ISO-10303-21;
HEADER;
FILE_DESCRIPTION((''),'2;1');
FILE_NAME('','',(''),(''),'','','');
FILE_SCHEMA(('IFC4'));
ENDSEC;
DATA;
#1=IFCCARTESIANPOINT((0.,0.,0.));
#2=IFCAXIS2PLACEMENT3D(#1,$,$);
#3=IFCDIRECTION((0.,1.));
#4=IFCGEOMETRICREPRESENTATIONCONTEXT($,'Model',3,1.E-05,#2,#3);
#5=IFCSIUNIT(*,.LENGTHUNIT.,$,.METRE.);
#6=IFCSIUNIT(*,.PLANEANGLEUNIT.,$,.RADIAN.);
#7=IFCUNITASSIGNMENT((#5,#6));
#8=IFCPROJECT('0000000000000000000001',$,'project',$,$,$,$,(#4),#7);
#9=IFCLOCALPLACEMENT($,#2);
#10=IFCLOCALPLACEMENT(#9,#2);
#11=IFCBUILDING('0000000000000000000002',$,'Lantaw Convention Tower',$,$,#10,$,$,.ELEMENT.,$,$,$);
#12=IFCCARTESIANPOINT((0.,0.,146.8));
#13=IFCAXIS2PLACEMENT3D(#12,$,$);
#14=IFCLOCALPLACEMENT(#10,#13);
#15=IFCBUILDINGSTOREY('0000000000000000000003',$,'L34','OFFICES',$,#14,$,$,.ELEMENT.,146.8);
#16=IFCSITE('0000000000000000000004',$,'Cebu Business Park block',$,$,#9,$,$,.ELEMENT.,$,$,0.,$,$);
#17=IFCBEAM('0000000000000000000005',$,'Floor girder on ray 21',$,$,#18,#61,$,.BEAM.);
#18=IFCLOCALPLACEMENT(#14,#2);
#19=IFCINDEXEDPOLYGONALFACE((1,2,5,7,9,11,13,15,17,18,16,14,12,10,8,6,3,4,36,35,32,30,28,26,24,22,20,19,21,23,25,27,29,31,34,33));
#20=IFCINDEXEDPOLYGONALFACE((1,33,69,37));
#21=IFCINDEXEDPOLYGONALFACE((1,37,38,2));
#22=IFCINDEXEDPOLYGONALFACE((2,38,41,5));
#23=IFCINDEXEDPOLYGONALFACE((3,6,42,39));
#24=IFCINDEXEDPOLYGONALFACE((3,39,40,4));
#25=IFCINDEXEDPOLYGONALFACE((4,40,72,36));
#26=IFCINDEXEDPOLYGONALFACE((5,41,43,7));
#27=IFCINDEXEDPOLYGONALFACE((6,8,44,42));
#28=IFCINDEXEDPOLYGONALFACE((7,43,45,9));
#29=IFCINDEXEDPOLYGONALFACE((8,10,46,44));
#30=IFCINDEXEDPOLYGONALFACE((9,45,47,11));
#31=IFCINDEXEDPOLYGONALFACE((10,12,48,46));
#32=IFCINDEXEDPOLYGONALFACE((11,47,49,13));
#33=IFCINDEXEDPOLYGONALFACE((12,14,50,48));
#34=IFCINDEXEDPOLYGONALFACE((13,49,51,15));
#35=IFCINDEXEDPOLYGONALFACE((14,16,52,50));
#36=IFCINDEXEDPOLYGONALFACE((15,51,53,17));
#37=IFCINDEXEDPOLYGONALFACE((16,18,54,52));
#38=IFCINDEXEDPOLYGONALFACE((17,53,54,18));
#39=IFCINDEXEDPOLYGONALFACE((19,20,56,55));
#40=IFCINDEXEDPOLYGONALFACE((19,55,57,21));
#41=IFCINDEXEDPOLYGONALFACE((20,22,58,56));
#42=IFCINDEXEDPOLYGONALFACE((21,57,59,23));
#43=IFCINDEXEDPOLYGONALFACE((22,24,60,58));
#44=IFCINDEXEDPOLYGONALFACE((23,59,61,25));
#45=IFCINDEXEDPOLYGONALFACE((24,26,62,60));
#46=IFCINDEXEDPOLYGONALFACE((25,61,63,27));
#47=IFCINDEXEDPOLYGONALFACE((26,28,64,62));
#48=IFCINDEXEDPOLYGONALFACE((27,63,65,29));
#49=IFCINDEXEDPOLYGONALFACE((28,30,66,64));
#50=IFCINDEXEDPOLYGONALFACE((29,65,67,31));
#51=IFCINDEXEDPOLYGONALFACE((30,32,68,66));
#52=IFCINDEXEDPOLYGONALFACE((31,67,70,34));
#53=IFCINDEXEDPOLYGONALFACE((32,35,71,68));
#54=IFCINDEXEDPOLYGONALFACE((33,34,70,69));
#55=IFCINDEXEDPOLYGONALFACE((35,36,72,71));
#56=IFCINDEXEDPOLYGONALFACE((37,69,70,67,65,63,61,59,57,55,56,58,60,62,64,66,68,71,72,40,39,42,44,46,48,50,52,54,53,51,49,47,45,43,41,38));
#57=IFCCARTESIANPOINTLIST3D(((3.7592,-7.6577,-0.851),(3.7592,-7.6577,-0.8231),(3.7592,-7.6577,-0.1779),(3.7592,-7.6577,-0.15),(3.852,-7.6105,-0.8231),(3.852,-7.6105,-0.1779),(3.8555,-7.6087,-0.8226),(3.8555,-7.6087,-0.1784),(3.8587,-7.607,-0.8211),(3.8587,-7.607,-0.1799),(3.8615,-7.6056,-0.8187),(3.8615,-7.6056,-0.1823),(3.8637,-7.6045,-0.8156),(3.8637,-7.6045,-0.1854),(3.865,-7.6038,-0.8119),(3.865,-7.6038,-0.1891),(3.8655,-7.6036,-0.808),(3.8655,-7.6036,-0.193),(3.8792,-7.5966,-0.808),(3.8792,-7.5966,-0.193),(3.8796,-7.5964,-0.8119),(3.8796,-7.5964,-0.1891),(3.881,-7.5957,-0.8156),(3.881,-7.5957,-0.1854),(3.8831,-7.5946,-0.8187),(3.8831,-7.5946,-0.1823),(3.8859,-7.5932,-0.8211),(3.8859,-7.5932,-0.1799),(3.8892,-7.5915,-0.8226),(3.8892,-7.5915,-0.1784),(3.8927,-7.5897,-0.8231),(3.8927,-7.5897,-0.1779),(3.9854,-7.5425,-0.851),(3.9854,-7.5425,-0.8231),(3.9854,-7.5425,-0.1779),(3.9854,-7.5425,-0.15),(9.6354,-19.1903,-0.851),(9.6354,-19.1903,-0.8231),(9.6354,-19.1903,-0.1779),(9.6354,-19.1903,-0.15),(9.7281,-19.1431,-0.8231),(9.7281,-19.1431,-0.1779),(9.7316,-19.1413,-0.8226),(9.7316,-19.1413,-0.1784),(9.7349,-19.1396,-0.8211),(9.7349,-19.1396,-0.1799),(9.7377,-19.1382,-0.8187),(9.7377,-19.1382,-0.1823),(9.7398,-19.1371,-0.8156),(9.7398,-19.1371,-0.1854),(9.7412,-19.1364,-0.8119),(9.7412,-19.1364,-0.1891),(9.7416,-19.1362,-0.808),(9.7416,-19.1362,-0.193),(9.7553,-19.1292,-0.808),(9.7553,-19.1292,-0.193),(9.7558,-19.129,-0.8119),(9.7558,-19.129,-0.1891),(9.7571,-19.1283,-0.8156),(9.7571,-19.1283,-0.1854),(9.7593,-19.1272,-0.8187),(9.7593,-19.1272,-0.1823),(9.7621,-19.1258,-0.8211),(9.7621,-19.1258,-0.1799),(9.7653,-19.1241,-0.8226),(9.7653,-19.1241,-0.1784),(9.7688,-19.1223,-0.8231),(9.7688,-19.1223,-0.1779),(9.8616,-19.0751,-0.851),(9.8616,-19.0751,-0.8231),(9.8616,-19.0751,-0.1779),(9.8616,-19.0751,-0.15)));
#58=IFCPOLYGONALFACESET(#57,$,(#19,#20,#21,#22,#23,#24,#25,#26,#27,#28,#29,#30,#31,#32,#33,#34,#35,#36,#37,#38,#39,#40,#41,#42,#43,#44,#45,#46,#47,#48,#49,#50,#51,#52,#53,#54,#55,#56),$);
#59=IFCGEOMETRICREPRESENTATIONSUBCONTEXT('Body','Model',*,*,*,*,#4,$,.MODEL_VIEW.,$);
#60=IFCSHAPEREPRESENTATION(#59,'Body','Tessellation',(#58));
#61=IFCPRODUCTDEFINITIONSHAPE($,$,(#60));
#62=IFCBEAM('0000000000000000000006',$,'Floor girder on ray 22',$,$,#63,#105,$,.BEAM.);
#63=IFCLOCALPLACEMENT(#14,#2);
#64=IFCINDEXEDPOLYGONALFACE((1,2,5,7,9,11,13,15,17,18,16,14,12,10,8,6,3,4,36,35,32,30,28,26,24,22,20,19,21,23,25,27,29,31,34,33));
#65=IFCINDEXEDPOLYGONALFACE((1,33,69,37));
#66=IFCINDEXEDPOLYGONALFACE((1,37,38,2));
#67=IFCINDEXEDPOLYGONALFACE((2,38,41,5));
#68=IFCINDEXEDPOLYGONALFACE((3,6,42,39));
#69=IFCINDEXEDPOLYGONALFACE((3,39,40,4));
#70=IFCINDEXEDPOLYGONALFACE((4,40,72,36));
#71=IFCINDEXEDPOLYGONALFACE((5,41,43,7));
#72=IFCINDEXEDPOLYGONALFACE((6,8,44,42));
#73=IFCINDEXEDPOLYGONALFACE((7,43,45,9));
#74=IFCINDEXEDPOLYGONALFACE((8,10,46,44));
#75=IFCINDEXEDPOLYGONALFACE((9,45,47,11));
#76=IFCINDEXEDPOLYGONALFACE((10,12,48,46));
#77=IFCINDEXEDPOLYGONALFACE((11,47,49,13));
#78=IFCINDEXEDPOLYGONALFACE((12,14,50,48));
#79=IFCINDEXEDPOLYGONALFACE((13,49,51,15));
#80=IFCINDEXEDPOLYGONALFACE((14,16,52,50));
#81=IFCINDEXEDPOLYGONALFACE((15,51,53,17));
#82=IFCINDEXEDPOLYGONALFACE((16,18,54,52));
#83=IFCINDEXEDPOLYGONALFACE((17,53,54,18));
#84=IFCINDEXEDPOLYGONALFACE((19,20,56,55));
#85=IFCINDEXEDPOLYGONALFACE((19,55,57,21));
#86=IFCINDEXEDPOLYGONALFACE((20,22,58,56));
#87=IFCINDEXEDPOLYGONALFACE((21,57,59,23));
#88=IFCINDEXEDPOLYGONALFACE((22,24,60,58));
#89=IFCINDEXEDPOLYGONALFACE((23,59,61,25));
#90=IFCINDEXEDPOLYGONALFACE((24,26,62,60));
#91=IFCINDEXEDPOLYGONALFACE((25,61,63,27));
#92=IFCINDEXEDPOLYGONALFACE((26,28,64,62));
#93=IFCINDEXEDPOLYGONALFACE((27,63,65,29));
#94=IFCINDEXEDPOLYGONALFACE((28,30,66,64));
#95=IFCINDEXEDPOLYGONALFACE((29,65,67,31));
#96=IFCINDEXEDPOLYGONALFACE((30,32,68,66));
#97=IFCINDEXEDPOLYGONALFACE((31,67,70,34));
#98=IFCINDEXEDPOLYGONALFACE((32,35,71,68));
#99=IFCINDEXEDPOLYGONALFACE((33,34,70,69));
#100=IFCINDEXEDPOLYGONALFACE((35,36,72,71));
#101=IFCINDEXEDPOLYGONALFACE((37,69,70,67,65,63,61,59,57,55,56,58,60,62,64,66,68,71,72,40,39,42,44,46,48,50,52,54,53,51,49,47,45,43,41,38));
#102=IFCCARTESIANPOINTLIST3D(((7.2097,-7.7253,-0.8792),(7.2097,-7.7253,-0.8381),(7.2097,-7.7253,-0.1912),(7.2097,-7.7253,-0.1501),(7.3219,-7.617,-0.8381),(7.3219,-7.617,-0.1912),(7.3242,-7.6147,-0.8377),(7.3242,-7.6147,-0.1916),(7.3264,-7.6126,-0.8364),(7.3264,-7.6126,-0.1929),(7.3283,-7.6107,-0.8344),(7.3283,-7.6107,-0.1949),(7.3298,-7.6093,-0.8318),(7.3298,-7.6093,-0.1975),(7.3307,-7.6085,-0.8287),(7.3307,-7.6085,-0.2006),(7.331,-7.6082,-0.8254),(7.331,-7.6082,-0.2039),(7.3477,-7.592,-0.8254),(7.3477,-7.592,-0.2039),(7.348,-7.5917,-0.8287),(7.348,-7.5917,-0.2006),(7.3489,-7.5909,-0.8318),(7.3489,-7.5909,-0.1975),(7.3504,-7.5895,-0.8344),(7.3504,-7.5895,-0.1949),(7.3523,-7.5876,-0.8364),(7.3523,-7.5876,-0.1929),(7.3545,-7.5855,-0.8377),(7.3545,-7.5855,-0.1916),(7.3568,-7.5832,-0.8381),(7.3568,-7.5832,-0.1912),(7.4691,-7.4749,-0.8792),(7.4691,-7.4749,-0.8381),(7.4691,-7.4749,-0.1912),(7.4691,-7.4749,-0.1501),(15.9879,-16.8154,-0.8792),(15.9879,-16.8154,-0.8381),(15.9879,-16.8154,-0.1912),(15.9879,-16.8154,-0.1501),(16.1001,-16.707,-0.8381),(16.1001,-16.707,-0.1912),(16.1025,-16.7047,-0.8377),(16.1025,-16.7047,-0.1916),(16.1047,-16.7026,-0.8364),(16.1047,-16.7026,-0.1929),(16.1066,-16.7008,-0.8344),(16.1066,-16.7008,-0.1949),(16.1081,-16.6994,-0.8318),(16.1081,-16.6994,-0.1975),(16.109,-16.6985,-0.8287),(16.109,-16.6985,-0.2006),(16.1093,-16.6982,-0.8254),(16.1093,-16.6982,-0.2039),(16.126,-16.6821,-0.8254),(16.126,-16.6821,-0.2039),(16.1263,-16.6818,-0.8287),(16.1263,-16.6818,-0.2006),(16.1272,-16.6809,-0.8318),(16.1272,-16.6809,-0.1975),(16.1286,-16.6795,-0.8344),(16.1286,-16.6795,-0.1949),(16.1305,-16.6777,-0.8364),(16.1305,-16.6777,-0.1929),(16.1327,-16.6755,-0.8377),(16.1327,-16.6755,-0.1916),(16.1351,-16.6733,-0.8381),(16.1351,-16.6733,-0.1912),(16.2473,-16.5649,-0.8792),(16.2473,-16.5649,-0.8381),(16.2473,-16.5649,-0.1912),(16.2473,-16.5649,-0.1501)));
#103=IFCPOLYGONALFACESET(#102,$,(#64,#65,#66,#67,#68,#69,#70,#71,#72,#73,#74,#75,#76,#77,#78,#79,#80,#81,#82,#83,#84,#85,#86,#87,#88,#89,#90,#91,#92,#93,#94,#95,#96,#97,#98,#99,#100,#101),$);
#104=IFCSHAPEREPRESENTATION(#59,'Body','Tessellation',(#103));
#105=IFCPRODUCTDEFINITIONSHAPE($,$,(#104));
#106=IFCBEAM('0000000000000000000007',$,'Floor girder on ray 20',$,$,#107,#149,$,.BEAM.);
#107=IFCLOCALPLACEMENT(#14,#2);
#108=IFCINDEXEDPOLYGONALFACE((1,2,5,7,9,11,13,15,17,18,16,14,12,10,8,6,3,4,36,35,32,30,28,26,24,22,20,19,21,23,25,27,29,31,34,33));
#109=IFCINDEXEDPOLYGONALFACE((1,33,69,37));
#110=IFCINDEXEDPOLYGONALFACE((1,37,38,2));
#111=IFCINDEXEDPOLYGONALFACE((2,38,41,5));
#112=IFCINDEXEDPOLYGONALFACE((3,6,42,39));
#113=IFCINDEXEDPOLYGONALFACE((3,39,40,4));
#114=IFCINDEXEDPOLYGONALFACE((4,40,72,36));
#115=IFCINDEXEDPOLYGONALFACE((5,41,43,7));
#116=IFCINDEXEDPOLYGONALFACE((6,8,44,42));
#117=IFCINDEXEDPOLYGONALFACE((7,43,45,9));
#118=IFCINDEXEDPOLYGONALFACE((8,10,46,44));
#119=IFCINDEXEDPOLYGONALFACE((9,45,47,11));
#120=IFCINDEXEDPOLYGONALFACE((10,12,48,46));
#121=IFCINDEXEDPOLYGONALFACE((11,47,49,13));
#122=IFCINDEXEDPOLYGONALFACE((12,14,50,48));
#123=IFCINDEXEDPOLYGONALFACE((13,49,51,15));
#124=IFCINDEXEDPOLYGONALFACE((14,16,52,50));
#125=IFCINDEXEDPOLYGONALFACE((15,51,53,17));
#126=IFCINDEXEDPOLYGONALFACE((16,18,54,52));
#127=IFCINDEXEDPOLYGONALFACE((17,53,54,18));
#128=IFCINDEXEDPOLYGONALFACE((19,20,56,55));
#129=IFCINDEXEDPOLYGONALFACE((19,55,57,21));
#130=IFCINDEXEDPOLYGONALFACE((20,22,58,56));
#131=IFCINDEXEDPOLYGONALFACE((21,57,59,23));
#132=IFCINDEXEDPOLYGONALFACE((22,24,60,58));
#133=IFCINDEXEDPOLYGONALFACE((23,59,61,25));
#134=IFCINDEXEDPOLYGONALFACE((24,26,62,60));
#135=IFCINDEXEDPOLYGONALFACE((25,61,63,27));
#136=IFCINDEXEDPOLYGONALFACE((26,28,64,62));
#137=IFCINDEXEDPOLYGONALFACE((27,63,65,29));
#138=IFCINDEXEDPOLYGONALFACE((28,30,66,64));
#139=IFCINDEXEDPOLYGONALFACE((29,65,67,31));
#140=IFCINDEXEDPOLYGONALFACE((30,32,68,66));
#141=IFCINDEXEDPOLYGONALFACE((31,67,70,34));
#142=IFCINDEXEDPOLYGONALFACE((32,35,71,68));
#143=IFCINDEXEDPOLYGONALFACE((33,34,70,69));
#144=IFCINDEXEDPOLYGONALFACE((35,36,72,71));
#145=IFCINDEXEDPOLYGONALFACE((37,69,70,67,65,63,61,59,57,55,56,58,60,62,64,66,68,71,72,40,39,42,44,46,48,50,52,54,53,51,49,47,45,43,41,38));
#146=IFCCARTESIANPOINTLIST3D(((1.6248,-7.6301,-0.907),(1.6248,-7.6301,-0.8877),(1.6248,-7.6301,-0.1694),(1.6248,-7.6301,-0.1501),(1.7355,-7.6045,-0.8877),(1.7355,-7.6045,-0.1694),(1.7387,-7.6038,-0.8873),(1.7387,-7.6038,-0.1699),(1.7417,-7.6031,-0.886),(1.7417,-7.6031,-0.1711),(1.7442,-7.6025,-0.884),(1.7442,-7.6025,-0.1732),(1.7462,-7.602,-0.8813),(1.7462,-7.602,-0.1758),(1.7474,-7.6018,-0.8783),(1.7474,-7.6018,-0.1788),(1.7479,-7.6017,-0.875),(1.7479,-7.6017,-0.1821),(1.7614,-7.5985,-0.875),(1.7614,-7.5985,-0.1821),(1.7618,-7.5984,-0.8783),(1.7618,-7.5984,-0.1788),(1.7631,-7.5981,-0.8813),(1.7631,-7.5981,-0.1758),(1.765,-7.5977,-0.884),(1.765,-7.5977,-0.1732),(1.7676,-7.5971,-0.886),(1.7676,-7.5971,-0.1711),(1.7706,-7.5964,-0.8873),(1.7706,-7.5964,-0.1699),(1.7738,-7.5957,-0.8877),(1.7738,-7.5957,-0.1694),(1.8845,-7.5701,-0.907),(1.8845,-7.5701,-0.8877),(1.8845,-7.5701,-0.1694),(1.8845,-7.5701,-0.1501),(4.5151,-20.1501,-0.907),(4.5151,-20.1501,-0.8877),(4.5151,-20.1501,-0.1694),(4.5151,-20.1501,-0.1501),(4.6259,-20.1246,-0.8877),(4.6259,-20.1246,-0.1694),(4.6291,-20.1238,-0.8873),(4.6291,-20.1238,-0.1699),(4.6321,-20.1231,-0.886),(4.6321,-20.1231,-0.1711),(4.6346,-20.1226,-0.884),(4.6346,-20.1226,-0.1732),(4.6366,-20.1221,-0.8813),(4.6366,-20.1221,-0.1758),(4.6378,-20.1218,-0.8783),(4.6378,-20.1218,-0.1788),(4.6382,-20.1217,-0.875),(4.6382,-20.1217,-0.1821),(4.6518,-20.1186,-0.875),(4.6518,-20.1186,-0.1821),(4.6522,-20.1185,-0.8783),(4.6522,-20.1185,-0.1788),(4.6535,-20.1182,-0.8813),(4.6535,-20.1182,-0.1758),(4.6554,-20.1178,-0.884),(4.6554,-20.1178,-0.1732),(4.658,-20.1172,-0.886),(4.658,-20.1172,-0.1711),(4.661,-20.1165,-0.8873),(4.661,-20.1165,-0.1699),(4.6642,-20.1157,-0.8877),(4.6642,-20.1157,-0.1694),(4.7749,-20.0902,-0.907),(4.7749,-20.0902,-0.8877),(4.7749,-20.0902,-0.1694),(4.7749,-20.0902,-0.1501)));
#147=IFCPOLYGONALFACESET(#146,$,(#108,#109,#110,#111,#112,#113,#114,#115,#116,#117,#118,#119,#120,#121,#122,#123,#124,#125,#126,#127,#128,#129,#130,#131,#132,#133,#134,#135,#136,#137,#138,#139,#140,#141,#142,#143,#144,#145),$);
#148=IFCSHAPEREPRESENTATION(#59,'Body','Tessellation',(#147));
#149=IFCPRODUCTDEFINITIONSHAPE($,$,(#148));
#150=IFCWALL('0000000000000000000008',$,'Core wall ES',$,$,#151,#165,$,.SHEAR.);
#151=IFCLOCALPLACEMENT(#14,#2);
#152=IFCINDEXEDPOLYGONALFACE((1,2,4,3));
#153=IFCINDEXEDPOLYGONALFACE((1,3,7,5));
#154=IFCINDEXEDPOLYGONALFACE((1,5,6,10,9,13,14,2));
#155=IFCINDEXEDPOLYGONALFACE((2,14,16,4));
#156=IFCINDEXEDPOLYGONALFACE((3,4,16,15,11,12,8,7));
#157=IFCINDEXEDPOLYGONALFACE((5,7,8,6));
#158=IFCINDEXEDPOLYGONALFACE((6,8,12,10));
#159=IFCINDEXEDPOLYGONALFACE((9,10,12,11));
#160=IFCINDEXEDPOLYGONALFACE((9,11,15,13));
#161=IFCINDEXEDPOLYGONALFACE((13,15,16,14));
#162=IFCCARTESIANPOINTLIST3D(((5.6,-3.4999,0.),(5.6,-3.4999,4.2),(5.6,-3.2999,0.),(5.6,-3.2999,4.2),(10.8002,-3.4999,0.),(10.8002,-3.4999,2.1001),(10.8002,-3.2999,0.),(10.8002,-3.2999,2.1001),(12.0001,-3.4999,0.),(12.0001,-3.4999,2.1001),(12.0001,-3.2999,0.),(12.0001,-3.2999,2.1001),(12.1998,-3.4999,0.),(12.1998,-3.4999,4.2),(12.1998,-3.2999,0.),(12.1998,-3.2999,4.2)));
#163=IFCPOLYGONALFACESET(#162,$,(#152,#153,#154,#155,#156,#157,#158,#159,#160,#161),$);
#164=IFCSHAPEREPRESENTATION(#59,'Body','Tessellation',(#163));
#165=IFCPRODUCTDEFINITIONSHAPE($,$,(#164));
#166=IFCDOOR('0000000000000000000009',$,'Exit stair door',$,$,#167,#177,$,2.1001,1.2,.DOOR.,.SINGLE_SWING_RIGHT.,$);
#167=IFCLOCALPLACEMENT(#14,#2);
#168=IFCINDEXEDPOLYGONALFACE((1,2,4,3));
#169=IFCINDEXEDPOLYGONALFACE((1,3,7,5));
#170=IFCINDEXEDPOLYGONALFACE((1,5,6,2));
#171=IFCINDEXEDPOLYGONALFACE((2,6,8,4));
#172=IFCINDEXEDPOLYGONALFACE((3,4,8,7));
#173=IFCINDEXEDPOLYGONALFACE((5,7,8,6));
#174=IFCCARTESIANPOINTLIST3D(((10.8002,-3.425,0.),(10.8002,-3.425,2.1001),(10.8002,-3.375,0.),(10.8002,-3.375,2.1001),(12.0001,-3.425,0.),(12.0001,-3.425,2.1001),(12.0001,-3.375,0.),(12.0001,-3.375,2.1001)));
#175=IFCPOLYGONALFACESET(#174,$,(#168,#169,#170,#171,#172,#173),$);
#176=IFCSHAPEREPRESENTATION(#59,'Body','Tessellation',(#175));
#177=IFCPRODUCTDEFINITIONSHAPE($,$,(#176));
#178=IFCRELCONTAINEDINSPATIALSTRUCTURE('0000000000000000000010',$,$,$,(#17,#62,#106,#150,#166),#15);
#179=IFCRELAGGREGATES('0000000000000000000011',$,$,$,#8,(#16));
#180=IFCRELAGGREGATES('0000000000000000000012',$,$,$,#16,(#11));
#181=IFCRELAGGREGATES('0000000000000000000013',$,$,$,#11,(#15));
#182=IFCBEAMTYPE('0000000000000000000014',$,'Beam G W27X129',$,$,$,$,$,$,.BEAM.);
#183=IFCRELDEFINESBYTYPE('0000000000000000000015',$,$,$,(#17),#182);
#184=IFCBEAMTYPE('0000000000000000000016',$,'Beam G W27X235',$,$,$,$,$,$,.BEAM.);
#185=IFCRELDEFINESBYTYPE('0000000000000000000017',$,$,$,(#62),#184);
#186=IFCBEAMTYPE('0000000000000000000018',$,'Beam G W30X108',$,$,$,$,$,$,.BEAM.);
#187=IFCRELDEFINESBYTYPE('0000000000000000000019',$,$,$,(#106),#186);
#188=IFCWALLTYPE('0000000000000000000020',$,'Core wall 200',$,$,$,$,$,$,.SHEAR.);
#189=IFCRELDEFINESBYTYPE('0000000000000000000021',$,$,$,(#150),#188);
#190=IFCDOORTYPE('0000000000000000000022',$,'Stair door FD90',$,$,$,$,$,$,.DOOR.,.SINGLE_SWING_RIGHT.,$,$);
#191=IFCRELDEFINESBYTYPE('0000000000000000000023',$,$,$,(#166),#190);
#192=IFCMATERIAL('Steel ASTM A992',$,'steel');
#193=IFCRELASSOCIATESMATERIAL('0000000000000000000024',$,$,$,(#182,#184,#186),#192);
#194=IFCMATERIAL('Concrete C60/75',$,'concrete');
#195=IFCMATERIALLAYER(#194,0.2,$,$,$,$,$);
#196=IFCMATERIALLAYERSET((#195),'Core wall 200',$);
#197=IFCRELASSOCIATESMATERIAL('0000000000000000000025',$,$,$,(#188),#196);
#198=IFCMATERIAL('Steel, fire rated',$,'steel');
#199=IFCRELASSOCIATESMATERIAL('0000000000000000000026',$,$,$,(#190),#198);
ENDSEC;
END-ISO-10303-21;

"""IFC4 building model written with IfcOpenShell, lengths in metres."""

from ifc_helpers import new_model, si_unit, direction, frame, frame_2d, origin, origin_2d, place, context, subcontext, project, spatial, rectangle, i_section, extrude, material, layer, layer_set, material_profile, profile_set, type_object, element, fill, save


model = new_model("IFC4")

# Units and contexts
model_context = context("Model", 3, precision=1e-05, world=origin(), true_north=direction((0.0, 1.0)))
body_context = subcontext(model_context, "Body", "Model", "MODEL_VIEW")
ifc_project = project(units=[si_unit("LENGTHUNIT", "METRE"), si_unit("PLANEANGLEUNIT", "RADIAN")], contexts=[model_context])

# Site, building, storey
site_placement = place(None, origin())
site = spatial("IfcSite", under=ifc_project, at=site_placement, Name="Cebu Business Park block", CompositionType="ELEMENT", RefElevation=0.0)
building_placement = place(site_placement, origin())
building = spatial("IfcBuilding", under=site, at=building_placement, Name="Lantaw Convention Tower", CompositionType="ELEMENT")
storey_placement = place(building_placement, frame((0.0, 0.0, 146.8)))
storey = spatial("IfcBuildingStorey", under=building, at=storey_placement, Name="L34", Description="OFFICES", CompositionType="ELEMENT", Elevation=146.8)

# Beams
ifc_material_1 = material(Name="Steel ASTM A992", Category="steel")
ifc_material_profile_1 = material_profile(ifc_material_1, i_section(OverallWidth=0.2539, OverallDepth=0.7009, WebThickness=0.0154, FlangeThickness=0.0278, FilletRadius=0.0151, at=origin_2d()), Name="W27X129")
ifc_profile_set_1 = profile_set([ifc_material_profile_1], Name="Steel ASTM A992")
beam_type_1 = type_object("IfcBeamType", Name="Beam G W27X129", PredefinedType="BEAM", material=ifc_profile_set_1)
beam_1_placement = place(storey_placement, frame((3.8723, -7.6001, -0.5005), z_axis=(0.453991, -0.891006, 0.0), x_axis=(0.891006, 0.453991, 0.0)))
element("IfcBeam", 1, at=beam_1_placement, inside=storey, type_object=beam_type_1, Name="Floor girder on ray 21", PredefinedType="BEAM", context=body_context, shape_type="SweptSolid", body=[
    extrude(i_section(OverallWidth=0.2539, OverallDepth=0.7009, WebThickness=0.0154, FlangeThickness=0.0278, FilletRadius=0.0151, at=origin_2d()), origin(), (0.0, 0.0, 1.0), 12.9434),
])
ifc_material_profile_2 = material_profile(ifc_material_1, i_section(OverallWidth=0.3606, OverallDepth=0.729, WebThickness=0.0232, FlangeThickness=0.041, FilletRadius=0.0127, at=origin_2d()), Name="W27X235")
ifc_profile_set_2 = profile_set([ifc_material_profile_2], Name="Steel ASTM A992")
beam_type_2 = type_object("IfcBeamType", Name="Beam G W27X235", PredefinedType="BEAM", material=ifc_profile_set_2)
beam_2_placement = place(storey_placement, frame((7.3394, -7.6001, -0.5146), z_axis=(0.694663, -0.719335, 0.0), x_axis=(0.719335, 0.694663, 0.0)))
element("IfcBeam", 2, at=beam_2_placement, inside=storey, type_object=beam_type_2, Name="Floor girder on ray 22", PredefinedType="BEAM", context=body_context, shape_type="SweptSolid", body=[
    extrude(i_section(OverallWidth=0.3606, OverallDepth=0.729, WebThickness=0.0232, FlangeThickness=0.041, FilletRadius=0.0127, at=origin_2d()), origin(), (0.0, 0.0, 1.0), 12.6367),
])
ifc_material_profile_3 = material_profile(ifc_material_1, i_section(OverallWidth=0.2666, OverallDepth=0.7568, WebThickness=0.0139, FlangeThickness=0.0193, FilletRadius=0.0127, at=origin_2d()), Name="W30X108")
ifc_profile_set_3 = profile_set([ifc_material_profile_3], Name="Steel ASTM A992")
beam_type_3 = type_object("IfcBeamType", Name="Beam G W30X108", PredefinedType="BEAM", material=ifc_profile_set_3)
beam_3_placement = place(storey_placement, frame((1.7546, -7.6001, -0.5286), z_axis=(0.224944, -0.974372, 0.0), x_axis=(0.974372, 0.224944, 0.0)))
element("IfcBeam", 3, at=beam_3_placement, inside=storey, type_object=beam_type_3, Name="Floor girder on ray 20", PredefinedType="BEAM", context=body_context, shape_type="SweptSolid", body=[
    extrude(i_section(OverallWidth=0.2666, OverallDepth=0.7568, WebThickness=0.0139, FlangeThickness=0.0193, FilletRadius=0.0127, at=origin_2d()), origin(), (0.0, 0.0, 1.0), 12.8494),
])

# Wall, opening, door
ifc_material_2 = material(Name="Concrete C60/75", Category="concrete")
ifc_layer_1 = layer(ifc_material_2, 0.2)
ifc_layer_set_1 = layer_set([ifc_layer_1], Name="Core wall 200")
wall_type_1 = type_object("IfcWallType", Name="Core wall 200", PredefinedType="SHEAR", material=ifc_layer_set_1)
wall_1_placement = place(storey_placement, frame((5.6001, -3.3999, 0.0), z_axis=(0.0, 0.0, 1.0), x_axis=(1.0, 0.0, 0.0)))
wall_1 = element("IfcWall", 4, at=wall_1_placement, inside=storey, type_object=wall_type_1, Name="Core wall ES", PredefinedType="SHEAR", context=body_context, shape_type="SweptSolid", body=[
    extrude(rectangle(XDim=6.5999, YDim=0.2, at=frame_2d((3.2998, 0.0))), origin(), (0.0, 0.0, 1.0), 4.2),
])
opening_1_placement = place(wall_1_placement, frame((5.2, 0.0, 0.0)))
opening_1 = element("IfcOpeningElement", 5, at=opening_1_placement, cuts=wall_1, PredefinedType="OPENING", context=body_context, shape_type="SweptSolid", body=[
    extrude(rectangle(XDim=1.2, YDim=2.1001, at=frame_2d((0.6001, 1.05))), frame((0.0, 0.1099, 0.0), z_axis=(0.0, -1.0, 0.0), x_axis=(1.0, 0.0, 0.0)), (0.0, 0.0, 1.0), 0.22),
])
ifc_material_3 = material(Name="Steel, fire rated", Category="steel")
door_type_1 = type_object("IfcDoorType", Name="Stair door FD90", OperationType="SINGLE_SWING_RIGHT", PredefinedType="DOOR", material=ifc_material_3)
door_1_placement = place(opening_1_placement, origin())
door_1 = element("IfcDoor", 6, at=door_1_placement, inside=storey, type_object=door_type_1, Name="Exit stair door", OperationType="SINGLE_SWING_RIGHT", OverallHeight=2.1001, OverallWidth=1.2, PredefinedType="DOOR", context=body_context, shape_type="SweptSolid", body=[
    extrude(rectangle(XDim=1.2, YDim=2.1001, at=frame_2d((0.6001, 1.05))), frame((0.0, 0.0249, 0.0), z_axis=(0.0, -1.0, 0.0), x_axis=(1.0, 0.0, 0.0)), (0.0, 0.0, 1.0), 0.05),
])
fill(opening_1, door_1)

save(model, "model.ifc")
